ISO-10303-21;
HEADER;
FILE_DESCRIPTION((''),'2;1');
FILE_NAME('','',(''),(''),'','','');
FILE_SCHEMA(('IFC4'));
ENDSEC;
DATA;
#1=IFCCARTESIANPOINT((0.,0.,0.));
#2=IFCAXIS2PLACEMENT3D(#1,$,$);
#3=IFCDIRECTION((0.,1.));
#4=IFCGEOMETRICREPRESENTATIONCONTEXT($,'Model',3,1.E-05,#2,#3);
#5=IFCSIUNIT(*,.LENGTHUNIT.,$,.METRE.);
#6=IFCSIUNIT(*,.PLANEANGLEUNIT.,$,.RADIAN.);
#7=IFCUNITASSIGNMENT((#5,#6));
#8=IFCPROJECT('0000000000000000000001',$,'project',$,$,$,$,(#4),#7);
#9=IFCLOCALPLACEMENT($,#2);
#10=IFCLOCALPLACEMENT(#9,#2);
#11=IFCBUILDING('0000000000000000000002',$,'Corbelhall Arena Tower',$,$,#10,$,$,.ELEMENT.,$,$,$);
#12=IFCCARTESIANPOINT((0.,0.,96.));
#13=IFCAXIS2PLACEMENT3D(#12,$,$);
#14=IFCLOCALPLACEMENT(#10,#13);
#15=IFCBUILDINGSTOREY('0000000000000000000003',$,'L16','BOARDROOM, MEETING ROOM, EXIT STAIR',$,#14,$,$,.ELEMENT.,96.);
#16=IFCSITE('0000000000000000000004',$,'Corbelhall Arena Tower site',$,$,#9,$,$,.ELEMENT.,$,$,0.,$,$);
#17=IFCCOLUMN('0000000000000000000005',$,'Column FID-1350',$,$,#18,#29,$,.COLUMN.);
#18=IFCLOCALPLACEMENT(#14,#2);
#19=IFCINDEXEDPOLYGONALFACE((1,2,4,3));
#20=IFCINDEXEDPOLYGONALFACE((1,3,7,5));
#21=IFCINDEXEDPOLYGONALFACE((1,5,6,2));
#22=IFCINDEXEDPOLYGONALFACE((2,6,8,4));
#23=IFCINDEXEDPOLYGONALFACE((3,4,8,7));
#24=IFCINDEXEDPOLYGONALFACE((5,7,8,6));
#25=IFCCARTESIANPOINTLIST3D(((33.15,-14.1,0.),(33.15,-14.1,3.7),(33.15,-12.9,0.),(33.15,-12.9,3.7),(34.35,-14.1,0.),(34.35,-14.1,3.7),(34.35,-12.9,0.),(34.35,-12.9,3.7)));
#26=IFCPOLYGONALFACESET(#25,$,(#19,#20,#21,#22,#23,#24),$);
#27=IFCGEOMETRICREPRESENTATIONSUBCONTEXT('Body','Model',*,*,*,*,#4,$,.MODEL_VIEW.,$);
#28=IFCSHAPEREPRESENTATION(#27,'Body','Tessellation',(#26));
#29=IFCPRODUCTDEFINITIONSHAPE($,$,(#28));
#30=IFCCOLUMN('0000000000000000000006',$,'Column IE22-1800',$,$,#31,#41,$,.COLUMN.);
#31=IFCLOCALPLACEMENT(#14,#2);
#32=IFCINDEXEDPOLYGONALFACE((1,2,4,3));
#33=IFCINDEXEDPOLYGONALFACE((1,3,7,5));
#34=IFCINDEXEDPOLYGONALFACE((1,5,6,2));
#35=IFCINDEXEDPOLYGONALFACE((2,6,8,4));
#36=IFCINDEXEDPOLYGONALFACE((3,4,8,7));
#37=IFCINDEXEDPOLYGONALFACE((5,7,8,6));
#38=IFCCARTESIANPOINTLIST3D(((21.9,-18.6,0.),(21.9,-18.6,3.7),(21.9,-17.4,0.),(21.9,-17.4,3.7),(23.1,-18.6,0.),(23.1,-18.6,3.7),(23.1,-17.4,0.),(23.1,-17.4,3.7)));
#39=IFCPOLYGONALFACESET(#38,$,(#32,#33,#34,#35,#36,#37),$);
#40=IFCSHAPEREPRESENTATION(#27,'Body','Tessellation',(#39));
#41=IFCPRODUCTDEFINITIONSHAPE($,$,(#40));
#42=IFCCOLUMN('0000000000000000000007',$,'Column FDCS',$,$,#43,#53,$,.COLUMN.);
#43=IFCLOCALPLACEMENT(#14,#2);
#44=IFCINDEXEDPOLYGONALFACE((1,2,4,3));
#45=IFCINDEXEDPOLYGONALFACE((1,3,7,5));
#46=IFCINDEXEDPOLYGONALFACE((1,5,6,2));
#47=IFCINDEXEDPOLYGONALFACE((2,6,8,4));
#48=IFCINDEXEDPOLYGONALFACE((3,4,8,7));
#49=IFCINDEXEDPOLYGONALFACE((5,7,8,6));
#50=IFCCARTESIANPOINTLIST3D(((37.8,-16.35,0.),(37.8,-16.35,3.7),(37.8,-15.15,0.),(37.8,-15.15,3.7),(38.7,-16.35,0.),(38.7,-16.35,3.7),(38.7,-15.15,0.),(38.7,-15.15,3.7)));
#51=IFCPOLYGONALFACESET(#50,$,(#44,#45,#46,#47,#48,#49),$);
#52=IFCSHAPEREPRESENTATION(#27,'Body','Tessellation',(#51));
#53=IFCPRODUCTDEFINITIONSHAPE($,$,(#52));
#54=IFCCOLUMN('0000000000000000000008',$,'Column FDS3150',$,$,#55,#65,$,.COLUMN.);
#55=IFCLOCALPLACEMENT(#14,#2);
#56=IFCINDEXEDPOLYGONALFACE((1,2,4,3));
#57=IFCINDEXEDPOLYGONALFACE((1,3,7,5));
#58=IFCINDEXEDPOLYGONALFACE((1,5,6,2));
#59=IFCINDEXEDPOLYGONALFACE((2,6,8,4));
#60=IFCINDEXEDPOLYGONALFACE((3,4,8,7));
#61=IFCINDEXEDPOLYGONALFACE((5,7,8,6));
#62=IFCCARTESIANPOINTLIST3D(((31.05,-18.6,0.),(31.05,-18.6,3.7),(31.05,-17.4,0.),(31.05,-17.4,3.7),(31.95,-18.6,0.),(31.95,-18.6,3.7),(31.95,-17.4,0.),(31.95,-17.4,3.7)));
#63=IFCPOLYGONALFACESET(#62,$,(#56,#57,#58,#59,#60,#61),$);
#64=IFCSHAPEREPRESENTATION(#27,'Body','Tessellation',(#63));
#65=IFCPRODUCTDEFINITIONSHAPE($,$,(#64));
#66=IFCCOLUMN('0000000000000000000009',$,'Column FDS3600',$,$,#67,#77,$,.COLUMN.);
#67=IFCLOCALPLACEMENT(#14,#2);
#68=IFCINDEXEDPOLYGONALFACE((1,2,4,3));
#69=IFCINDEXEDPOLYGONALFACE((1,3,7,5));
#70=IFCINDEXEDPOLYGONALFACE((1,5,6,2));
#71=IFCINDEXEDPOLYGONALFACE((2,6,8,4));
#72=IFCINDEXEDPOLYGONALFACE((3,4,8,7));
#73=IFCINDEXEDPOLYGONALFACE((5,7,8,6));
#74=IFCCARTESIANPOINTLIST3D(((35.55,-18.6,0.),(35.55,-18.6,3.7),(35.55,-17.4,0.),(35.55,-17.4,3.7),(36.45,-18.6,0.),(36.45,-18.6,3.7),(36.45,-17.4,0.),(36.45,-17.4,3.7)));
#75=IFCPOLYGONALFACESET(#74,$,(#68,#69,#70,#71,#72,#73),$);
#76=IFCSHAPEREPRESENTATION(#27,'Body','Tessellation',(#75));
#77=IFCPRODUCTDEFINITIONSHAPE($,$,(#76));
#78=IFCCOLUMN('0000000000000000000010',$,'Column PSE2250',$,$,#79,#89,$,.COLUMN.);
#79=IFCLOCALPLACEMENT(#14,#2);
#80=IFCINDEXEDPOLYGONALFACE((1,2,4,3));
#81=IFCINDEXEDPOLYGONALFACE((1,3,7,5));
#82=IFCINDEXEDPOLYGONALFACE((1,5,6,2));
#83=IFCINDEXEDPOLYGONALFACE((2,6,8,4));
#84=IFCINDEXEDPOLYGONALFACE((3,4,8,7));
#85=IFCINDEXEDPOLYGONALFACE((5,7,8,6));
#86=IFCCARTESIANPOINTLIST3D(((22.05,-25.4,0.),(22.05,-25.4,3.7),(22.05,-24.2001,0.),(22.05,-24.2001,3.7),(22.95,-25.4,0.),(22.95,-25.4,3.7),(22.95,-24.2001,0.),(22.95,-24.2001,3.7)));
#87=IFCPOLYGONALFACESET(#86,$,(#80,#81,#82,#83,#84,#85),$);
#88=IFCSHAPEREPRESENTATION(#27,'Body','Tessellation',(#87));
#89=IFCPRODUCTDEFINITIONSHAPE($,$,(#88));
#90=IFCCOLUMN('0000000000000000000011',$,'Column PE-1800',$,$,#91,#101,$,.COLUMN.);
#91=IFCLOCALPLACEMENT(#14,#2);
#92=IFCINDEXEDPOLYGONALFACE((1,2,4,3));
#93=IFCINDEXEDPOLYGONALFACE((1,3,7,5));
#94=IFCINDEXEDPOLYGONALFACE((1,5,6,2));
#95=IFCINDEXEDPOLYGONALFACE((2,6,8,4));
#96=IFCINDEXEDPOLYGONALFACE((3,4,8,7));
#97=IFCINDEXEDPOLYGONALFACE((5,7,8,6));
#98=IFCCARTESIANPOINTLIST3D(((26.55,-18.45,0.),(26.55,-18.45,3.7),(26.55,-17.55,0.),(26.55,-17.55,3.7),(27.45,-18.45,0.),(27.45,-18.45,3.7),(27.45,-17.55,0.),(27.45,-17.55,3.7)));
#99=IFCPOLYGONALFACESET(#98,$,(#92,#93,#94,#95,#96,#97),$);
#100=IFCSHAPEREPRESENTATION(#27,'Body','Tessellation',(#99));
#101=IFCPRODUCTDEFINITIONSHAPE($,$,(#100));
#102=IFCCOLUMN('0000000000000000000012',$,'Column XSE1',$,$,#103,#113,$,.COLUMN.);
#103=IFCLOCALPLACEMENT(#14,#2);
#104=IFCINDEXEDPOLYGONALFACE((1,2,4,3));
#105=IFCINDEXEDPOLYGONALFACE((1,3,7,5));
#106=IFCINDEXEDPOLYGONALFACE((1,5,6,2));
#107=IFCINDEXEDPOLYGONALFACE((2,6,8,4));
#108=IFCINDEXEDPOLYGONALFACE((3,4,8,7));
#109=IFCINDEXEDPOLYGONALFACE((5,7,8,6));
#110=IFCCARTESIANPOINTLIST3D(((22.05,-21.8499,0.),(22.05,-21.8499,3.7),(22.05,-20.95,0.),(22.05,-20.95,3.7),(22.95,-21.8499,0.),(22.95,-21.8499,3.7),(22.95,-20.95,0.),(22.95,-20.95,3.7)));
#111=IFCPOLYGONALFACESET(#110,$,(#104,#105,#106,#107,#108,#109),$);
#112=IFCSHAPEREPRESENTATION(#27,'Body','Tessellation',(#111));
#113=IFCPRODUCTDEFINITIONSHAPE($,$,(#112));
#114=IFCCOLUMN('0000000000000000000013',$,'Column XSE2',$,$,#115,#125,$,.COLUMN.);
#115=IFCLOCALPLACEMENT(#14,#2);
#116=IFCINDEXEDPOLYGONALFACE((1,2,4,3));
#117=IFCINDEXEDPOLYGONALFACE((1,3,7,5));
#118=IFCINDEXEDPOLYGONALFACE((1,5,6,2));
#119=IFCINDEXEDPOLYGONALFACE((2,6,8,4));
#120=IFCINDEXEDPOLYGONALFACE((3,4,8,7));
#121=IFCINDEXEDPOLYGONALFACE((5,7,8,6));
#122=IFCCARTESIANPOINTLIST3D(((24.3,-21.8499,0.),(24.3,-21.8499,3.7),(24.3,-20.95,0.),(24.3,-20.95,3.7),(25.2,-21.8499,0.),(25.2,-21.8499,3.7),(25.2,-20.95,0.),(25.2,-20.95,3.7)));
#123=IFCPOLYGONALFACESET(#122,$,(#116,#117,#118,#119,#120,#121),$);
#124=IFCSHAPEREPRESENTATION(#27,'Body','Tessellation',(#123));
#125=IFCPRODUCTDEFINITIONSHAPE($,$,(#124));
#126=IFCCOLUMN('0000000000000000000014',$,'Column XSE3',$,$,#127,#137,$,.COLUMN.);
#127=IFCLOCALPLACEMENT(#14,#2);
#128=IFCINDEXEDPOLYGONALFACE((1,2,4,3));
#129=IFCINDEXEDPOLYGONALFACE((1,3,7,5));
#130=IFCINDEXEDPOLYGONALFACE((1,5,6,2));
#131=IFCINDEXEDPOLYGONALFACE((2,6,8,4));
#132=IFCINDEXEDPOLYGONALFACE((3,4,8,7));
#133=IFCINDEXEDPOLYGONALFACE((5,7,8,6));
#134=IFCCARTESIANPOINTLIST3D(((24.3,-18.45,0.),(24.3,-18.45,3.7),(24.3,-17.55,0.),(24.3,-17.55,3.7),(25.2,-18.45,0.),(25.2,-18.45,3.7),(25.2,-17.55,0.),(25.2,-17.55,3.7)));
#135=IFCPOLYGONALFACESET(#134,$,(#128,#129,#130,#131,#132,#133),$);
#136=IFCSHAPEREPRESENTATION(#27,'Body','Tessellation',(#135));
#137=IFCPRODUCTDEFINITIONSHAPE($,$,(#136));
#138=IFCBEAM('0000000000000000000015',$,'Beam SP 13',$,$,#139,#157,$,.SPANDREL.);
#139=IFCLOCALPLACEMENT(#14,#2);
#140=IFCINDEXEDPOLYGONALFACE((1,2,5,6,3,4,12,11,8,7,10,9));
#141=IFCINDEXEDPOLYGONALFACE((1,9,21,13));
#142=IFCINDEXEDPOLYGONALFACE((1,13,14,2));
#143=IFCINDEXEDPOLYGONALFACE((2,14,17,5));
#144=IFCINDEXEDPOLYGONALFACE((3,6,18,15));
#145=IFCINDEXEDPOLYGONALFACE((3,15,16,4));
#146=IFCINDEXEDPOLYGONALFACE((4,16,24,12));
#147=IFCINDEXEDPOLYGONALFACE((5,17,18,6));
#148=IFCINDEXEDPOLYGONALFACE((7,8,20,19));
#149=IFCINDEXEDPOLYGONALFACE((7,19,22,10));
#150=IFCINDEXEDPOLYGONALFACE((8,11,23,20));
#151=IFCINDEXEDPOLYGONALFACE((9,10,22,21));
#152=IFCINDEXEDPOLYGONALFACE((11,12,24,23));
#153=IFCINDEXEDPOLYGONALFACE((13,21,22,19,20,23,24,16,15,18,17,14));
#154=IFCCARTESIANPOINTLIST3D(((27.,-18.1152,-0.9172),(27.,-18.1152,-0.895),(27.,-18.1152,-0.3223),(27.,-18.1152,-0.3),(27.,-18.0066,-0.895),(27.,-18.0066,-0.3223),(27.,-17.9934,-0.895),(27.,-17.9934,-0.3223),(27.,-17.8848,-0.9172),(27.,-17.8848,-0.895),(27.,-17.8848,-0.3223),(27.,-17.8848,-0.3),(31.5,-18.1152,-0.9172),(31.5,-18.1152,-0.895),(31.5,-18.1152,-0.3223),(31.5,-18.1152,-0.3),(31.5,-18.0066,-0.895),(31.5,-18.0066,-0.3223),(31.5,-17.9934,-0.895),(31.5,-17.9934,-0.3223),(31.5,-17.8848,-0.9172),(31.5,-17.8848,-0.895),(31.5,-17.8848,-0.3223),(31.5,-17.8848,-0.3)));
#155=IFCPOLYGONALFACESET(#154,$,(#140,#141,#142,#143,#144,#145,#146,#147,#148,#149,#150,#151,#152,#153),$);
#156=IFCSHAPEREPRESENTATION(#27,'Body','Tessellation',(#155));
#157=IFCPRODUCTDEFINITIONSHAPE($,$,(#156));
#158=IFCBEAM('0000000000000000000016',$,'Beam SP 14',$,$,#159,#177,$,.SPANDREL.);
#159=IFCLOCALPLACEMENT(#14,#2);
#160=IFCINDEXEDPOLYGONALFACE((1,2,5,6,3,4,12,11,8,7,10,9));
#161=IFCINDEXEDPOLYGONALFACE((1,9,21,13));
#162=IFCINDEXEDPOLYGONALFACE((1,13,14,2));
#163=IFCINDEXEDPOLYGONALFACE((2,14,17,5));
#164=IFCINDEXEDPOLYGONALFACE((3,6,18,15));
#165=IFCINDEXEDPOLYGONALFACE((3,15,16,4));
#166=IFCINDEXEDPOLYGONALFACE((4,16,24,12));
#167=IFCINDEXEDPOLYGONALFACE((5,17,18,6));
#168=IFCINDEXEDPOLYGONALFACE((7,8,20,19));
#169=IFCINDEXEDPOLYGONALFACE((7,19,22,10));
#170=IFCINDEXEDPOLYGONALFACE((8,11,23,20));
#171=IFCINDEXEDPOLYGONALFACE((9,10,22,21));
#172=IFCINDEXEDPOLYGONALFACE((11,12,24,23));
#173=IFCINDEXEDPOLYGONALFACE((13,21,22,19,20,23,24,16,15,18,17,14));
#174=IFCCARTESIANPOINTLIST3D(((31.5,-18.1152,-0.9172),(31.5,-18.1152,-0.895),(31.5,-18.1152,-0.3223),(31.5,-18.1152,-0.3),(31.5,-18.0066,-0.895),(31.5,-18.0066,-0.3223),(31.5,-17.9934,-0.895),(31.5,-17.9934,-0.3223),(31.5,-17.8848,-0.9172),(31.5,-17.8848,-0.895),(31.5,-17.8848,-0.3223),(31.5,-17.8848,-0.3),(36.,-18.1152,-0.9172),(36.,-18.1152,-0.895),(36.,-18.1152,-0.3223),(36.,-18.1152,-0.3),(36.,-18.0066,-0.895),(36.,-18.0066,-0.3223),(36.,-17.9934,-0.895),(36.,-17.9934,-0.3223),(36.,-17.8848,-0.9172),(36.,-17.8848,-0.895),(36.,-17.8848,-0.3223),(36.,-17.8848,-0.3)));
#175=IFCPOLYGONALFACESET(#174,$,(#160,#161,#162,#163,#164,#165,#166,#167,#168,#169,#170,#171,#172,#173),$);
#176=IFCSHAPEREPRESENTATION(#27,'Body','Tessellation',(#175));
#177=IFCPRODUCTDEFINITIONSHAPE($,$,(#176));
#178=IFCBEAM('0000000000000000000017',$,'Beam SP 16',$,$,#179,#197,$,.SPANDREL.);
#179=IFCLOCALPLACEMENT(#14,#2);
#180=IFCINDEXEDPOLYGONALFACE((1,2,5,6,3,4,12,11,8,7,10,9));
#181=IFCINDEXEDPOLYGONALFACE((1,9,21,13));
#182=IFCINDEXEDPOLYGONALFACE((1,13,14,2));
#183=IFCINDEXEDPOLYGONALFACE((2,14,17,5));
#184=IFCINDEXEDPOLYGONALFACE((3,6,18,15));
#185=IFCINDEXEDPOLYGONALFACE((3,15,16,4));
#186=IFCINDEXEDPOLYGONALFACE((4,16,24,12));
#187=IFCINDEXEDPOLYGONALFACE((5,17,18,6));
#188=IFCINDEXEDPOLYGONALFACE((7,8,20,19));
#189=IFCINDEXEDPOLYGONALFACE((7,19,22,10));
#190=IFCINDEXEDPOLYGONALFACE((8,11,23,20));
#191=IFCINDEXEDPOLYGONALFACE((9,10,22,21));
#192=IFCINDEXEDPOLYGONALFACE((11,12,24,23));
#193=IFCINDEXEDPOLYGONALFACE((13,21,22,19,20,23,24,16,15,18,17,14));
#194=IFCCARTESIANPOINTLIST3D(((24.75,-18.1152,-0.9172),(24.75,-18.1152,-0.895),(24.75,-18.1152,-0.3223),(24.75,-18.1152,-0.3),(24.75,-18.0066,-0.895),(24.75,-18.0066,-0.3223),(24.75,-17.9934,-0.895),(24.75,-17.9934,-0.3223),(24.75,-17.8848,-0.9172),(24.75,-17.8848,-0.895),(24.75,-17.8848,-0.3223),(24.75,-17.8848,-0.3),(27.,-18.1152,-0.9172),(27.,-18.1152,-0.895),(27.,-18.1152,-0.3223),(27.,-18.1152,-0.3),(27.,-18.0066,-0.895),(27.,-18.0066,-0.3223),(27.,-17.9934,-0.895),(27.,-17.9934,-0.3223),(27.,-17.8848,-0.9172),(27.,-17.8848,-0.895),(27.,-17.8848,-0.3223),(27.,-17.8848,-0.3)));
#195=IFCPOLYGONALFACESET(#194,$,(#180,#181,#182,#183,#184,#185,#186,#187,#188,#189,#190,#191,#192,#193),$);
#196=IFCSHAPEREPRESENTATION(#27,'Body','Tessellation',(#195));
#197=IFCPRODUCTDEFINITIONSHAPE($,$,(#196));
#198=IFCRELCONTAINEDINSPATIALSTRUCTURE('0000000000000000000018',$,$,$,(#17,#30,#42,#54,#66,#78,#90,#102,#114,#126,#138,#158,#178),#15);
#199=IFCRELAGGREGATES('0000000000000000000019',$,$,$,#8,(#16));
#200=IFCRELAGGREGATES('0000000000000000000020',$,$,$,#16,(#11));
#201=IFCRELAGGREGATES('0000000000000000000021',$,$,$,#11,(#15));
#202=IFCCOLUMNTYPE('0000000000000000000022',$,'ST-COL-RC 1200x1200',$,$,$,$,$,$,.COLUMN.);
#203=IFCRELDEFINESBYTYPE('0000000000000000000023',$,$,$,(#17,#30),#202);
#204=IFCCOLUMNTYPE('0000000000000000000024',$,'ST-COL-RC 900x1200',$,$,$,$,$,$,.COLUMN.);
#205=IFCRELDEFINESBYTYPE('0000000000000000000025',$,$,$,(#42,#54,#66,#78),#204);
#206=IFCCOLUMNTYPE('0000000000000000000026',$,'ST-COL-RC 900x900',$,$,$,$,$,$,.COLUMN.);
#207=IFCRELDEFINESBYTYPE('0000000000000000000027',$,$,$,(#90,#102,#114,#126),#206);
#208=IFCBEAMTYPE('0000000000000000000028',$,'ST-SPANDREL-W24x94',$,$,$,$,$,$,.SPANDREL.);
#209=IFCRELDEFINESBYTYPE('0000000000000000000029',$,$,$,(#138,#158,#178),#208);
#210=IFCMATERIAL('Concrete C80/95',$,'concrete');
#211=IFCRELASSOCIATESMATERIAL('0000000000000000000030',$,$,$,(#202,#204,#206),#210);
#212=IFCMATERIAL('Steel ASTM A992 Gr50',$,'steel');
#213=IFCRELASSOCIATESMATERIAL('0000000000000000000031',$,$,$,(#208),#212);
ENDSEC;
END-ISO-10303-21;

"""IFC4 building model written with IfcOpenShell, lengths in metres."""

from ifc_helpers import new_model, si_unit, direction, frame, origin, origin_2d, place, context, subcontext, project, spatial, rectangle, i_section, extrude, material, material_profile, profile_set, type_object, element, save


model = new_model("IFC4")

# Units and contexts
model_context = context("Model", 3, precision=1e-05, world=origin(), true_north=direction((0.0, 1.0)))
body_context = subcontext(model_context, "Body", "Model", "MODEL_VIEW")
ifc_project = project(units=[si_unit("LENGTHUNIT", "METRE"), si_unit("PLANEANGLEUNIT", "RADIAN")], contexts=[model_context])

# Site, building, storey
site_placement = place(None, origin())
site = spatial("IfcSite", under=ifc_project, at=site_placement, Name="Corbelhall Arena Tower site", CompositionType="ELEMENT", RefElevation=0.0)
building_placement = place(site_placement, origin())
building = spatial("IfcBuilding", under=site, at=building_placement, Name="Corbelhall Arena Tower", CompositionType="ELEMENT")
storey_placement = place(building_placement, frame((0.0, 0.0, 96.0)))
storey = spatial("IfcBuildingStorey", under=building, at=storey_placement, Name="L16", Description="BOARDROOM, MEETING ROOM, EXIT STAIR", CompositionType="ELEMENT", Elevation=96.0)

# Columns
ifc_material_1 = material(Name="Concrete C80/95", Category="concrete")
ifc_material_profile_1 = material_profile(ifc_material_1, rectangle(XDim=1.2, YDim=1.2, at=origin_2d()))
ifc_profile_set_1 = profile_set([ifc_material_profile_1], Name="Concrete C80/95")
column_type_1 = type_object("IfcColumnType", Name="ST-COL-RC 1200x1200", PredefinedType="COLUMN", material=ifc_profile_set_1)
for number, where, z_axis, x_axis, name in (
    (1, (33.75, -13.5, 0.0), (0.0, 0.0, 1.0), (1.0, 0.0, 0.0), "Column FID-1350"),
    (2, (22.5, -18.0, 0.0), (0.0, 0.0, 1.0), (1.0, 0.0, 0.0), "Column IE22-1800"),
):
    element("IfcColumn", number, at=place(storey_placement, frame(where, z_axis=z_axis, x_axis=x_axis)), inside=storey, type_object=column_type_1, Name=name, PredefinedType="COLUMN", context=body_context, shape_type="SweptSolid", body=[
        extrude(rectangle(XDim=1.2, YDim=1.2, at=origin_2d()), origin(), (0.0, 0.0, 1.0), 3.7),
    ])
ifc_material_profile_2 = material_profile(ifc_material_1, rectangle(XDim=0.8999, YDim=1.2, at=origin_2d()))
ifc_profile_set_2 = profile_set([ifc_material_profile_2], Name="Concrete C80/95")
column_type_2 = type_object("IfcColumnType", Name="ST-COL-RC 900x1200", PredefinedType="COLUMN", material=ifc_profile_set_2)
for number, where, z_axis, x_axis, name in (
    (3, (38.25, -15.75, 0.0), (0.0, 0.0, 1.0), (1.0, 0.0, 0.0), "Column FDCS"),
    (4, (31.5, -18.0, 0.0), (0.0, 0.0, 1.0), (1.0, 0.0, 0.0), "Column FDS3150"),
    (5, (36.0, -18.0, 0.0), (0.0, 0.0, 1.0), (1.0, 0.0, 0.0), "Column FDS3600"),
    (6, (22.5, -24.8, 0.0), (0.0, 0.0, 1.0), (1.0, 0.0, 0.0), "Column PSE2250"),
):
    element("IfcColumn", number, at=place(storey_placement, frame(where, z_axis=z_axis, x_axis=x_axis)), inside=storey, type_object=column_type_2, Name=name, PredefinedType="COLUMN", context=body_context, shape_type="SweptSolid", body=[
        extrude(rectangle(XDim=0.8999, YDim=1.2, at=origin_2d()), origin(), (0.0, 0.0, 1.0), 3.7),
    ])
ifc_material_profile_3 = material_profile(ifc_material_1, rectangle(XDim=0.8999, YDim=0.8999, at=origin_2d()))
ifc_profile_set_3 = profile_set([ifc_material_profile_3], Name="Concrete C80/95")
column_type_3 = type_object("IfcColumnType", Name="ST-COL-RC 900x900", PredefinedType="COLUMN", material=ifc_profile_set_3)
for number, where, z_axis, x_axis, name in (
    (7, (27.0, -18.0, 0.0), (0.0, 0.0, 1.0), (1.0, 0.0, 0.0), "Column PE-1800"),
    (8, (22.5, -21.3999, 0.0), (0.0, 0.0, 1.0), (1.0, 0.0, 0.0), "Column XSE1"),
    (9, (24.75, -21.3999, 0.0), (0.0, 0.0, 1.0), (1.0, 0.0, 0.0), "Column XSE2"),
    (10, (24.75, -18.0, 0.0), (0.0, 0.0, 1.0), (1.0, 0.0, 0.0), "Column XSE3"),
):
    element("IfcColumn", number, at=place(storey_placement, frame(where, z_axis=z_axis, x_axis=x_axis)), inside=storey, type_object=column_type_3, Name=name, PredefinedType="COLUMN", context=body_context, shape_type="SweptSolid", body=[
        extrude(rectangle(XDim=0.8999, YDim=0.8999, at=origin_2d()), origin(), (0.0, 0.0, 1.0), 3.7),
    ])

# Beams
ifc_material_2 = material(Name="Steel ASTM A992 Gr50", Category="steel")
ifc_material_profile_4 = material_profile(ifc_material_2, i_section(OverallWidth=0.2305, OverallDepth=0.6172, WebThickness=0.0132, FlangeThickness=0.0222, at=origin_2d()))
ifc_profile_set_4 = profile_set([ifc_material_profile_4], Name="Steel ASTM A992 Gr50")
beam_type = type_object("IfcBeamType", Name="ST-SPANDREL-W24x94", PredefinedType="SPANDREL", material=ifc_profile_set_4)
for number, where, z_axis, x_axis, name in (
    (11, (31.5, -18.0, -0.6086), (-1.0, 0.0, 0.0), (0.0, -1.0, 0.0), "Beam SP 13"),
    (12, (36.0, -18.0, -0.6086), (-1.0, 0.0, 0.0), (0.0, -1.0, 0.0), "Beam SP 14"),
):
    element("IfcBeam", number, at=place(storey_placement, frame(where, z_axis=z_axis, x_axis=x_axis)), inside=storey, type_object=beam_type, Name=name, PredefinedType="SPANDREL", context=body_context, shape_type="SweptSolid", body=[
        extrude(i_section(OverallWidth=0.2305, OverallDepth=0.6172, WebThickness=0.0132, FlangeThickness=0.0222, at=origin_2d()), origin(), (0.0, 0.0, 1.0), 4.5),
    ])
beam_1_placement = place(storey_placement, frame((27.0, -18.0, -0.6086), z_axis=(-1.0, 0.0, 0.0), x_axis=(0.0, -1.0, 0.0)))
element("IfcBeam", 13, at=beam_1_placement, inside=storey, type_object=beam_type, Name="Beam SP 16", PredefinedType="SPANDREL", context=body_context, shape_type="SweptSolid", body=[
    extrude(i_section(OverallWidth=0.2305, OverallDepth=0.6172, WebThickness=0.0132, FlangeThickness=0.0222, at=origin_2d()), origin(), (0.0, 0.0, 1.0), 2.25),
])

save(model, "model.ifc")
